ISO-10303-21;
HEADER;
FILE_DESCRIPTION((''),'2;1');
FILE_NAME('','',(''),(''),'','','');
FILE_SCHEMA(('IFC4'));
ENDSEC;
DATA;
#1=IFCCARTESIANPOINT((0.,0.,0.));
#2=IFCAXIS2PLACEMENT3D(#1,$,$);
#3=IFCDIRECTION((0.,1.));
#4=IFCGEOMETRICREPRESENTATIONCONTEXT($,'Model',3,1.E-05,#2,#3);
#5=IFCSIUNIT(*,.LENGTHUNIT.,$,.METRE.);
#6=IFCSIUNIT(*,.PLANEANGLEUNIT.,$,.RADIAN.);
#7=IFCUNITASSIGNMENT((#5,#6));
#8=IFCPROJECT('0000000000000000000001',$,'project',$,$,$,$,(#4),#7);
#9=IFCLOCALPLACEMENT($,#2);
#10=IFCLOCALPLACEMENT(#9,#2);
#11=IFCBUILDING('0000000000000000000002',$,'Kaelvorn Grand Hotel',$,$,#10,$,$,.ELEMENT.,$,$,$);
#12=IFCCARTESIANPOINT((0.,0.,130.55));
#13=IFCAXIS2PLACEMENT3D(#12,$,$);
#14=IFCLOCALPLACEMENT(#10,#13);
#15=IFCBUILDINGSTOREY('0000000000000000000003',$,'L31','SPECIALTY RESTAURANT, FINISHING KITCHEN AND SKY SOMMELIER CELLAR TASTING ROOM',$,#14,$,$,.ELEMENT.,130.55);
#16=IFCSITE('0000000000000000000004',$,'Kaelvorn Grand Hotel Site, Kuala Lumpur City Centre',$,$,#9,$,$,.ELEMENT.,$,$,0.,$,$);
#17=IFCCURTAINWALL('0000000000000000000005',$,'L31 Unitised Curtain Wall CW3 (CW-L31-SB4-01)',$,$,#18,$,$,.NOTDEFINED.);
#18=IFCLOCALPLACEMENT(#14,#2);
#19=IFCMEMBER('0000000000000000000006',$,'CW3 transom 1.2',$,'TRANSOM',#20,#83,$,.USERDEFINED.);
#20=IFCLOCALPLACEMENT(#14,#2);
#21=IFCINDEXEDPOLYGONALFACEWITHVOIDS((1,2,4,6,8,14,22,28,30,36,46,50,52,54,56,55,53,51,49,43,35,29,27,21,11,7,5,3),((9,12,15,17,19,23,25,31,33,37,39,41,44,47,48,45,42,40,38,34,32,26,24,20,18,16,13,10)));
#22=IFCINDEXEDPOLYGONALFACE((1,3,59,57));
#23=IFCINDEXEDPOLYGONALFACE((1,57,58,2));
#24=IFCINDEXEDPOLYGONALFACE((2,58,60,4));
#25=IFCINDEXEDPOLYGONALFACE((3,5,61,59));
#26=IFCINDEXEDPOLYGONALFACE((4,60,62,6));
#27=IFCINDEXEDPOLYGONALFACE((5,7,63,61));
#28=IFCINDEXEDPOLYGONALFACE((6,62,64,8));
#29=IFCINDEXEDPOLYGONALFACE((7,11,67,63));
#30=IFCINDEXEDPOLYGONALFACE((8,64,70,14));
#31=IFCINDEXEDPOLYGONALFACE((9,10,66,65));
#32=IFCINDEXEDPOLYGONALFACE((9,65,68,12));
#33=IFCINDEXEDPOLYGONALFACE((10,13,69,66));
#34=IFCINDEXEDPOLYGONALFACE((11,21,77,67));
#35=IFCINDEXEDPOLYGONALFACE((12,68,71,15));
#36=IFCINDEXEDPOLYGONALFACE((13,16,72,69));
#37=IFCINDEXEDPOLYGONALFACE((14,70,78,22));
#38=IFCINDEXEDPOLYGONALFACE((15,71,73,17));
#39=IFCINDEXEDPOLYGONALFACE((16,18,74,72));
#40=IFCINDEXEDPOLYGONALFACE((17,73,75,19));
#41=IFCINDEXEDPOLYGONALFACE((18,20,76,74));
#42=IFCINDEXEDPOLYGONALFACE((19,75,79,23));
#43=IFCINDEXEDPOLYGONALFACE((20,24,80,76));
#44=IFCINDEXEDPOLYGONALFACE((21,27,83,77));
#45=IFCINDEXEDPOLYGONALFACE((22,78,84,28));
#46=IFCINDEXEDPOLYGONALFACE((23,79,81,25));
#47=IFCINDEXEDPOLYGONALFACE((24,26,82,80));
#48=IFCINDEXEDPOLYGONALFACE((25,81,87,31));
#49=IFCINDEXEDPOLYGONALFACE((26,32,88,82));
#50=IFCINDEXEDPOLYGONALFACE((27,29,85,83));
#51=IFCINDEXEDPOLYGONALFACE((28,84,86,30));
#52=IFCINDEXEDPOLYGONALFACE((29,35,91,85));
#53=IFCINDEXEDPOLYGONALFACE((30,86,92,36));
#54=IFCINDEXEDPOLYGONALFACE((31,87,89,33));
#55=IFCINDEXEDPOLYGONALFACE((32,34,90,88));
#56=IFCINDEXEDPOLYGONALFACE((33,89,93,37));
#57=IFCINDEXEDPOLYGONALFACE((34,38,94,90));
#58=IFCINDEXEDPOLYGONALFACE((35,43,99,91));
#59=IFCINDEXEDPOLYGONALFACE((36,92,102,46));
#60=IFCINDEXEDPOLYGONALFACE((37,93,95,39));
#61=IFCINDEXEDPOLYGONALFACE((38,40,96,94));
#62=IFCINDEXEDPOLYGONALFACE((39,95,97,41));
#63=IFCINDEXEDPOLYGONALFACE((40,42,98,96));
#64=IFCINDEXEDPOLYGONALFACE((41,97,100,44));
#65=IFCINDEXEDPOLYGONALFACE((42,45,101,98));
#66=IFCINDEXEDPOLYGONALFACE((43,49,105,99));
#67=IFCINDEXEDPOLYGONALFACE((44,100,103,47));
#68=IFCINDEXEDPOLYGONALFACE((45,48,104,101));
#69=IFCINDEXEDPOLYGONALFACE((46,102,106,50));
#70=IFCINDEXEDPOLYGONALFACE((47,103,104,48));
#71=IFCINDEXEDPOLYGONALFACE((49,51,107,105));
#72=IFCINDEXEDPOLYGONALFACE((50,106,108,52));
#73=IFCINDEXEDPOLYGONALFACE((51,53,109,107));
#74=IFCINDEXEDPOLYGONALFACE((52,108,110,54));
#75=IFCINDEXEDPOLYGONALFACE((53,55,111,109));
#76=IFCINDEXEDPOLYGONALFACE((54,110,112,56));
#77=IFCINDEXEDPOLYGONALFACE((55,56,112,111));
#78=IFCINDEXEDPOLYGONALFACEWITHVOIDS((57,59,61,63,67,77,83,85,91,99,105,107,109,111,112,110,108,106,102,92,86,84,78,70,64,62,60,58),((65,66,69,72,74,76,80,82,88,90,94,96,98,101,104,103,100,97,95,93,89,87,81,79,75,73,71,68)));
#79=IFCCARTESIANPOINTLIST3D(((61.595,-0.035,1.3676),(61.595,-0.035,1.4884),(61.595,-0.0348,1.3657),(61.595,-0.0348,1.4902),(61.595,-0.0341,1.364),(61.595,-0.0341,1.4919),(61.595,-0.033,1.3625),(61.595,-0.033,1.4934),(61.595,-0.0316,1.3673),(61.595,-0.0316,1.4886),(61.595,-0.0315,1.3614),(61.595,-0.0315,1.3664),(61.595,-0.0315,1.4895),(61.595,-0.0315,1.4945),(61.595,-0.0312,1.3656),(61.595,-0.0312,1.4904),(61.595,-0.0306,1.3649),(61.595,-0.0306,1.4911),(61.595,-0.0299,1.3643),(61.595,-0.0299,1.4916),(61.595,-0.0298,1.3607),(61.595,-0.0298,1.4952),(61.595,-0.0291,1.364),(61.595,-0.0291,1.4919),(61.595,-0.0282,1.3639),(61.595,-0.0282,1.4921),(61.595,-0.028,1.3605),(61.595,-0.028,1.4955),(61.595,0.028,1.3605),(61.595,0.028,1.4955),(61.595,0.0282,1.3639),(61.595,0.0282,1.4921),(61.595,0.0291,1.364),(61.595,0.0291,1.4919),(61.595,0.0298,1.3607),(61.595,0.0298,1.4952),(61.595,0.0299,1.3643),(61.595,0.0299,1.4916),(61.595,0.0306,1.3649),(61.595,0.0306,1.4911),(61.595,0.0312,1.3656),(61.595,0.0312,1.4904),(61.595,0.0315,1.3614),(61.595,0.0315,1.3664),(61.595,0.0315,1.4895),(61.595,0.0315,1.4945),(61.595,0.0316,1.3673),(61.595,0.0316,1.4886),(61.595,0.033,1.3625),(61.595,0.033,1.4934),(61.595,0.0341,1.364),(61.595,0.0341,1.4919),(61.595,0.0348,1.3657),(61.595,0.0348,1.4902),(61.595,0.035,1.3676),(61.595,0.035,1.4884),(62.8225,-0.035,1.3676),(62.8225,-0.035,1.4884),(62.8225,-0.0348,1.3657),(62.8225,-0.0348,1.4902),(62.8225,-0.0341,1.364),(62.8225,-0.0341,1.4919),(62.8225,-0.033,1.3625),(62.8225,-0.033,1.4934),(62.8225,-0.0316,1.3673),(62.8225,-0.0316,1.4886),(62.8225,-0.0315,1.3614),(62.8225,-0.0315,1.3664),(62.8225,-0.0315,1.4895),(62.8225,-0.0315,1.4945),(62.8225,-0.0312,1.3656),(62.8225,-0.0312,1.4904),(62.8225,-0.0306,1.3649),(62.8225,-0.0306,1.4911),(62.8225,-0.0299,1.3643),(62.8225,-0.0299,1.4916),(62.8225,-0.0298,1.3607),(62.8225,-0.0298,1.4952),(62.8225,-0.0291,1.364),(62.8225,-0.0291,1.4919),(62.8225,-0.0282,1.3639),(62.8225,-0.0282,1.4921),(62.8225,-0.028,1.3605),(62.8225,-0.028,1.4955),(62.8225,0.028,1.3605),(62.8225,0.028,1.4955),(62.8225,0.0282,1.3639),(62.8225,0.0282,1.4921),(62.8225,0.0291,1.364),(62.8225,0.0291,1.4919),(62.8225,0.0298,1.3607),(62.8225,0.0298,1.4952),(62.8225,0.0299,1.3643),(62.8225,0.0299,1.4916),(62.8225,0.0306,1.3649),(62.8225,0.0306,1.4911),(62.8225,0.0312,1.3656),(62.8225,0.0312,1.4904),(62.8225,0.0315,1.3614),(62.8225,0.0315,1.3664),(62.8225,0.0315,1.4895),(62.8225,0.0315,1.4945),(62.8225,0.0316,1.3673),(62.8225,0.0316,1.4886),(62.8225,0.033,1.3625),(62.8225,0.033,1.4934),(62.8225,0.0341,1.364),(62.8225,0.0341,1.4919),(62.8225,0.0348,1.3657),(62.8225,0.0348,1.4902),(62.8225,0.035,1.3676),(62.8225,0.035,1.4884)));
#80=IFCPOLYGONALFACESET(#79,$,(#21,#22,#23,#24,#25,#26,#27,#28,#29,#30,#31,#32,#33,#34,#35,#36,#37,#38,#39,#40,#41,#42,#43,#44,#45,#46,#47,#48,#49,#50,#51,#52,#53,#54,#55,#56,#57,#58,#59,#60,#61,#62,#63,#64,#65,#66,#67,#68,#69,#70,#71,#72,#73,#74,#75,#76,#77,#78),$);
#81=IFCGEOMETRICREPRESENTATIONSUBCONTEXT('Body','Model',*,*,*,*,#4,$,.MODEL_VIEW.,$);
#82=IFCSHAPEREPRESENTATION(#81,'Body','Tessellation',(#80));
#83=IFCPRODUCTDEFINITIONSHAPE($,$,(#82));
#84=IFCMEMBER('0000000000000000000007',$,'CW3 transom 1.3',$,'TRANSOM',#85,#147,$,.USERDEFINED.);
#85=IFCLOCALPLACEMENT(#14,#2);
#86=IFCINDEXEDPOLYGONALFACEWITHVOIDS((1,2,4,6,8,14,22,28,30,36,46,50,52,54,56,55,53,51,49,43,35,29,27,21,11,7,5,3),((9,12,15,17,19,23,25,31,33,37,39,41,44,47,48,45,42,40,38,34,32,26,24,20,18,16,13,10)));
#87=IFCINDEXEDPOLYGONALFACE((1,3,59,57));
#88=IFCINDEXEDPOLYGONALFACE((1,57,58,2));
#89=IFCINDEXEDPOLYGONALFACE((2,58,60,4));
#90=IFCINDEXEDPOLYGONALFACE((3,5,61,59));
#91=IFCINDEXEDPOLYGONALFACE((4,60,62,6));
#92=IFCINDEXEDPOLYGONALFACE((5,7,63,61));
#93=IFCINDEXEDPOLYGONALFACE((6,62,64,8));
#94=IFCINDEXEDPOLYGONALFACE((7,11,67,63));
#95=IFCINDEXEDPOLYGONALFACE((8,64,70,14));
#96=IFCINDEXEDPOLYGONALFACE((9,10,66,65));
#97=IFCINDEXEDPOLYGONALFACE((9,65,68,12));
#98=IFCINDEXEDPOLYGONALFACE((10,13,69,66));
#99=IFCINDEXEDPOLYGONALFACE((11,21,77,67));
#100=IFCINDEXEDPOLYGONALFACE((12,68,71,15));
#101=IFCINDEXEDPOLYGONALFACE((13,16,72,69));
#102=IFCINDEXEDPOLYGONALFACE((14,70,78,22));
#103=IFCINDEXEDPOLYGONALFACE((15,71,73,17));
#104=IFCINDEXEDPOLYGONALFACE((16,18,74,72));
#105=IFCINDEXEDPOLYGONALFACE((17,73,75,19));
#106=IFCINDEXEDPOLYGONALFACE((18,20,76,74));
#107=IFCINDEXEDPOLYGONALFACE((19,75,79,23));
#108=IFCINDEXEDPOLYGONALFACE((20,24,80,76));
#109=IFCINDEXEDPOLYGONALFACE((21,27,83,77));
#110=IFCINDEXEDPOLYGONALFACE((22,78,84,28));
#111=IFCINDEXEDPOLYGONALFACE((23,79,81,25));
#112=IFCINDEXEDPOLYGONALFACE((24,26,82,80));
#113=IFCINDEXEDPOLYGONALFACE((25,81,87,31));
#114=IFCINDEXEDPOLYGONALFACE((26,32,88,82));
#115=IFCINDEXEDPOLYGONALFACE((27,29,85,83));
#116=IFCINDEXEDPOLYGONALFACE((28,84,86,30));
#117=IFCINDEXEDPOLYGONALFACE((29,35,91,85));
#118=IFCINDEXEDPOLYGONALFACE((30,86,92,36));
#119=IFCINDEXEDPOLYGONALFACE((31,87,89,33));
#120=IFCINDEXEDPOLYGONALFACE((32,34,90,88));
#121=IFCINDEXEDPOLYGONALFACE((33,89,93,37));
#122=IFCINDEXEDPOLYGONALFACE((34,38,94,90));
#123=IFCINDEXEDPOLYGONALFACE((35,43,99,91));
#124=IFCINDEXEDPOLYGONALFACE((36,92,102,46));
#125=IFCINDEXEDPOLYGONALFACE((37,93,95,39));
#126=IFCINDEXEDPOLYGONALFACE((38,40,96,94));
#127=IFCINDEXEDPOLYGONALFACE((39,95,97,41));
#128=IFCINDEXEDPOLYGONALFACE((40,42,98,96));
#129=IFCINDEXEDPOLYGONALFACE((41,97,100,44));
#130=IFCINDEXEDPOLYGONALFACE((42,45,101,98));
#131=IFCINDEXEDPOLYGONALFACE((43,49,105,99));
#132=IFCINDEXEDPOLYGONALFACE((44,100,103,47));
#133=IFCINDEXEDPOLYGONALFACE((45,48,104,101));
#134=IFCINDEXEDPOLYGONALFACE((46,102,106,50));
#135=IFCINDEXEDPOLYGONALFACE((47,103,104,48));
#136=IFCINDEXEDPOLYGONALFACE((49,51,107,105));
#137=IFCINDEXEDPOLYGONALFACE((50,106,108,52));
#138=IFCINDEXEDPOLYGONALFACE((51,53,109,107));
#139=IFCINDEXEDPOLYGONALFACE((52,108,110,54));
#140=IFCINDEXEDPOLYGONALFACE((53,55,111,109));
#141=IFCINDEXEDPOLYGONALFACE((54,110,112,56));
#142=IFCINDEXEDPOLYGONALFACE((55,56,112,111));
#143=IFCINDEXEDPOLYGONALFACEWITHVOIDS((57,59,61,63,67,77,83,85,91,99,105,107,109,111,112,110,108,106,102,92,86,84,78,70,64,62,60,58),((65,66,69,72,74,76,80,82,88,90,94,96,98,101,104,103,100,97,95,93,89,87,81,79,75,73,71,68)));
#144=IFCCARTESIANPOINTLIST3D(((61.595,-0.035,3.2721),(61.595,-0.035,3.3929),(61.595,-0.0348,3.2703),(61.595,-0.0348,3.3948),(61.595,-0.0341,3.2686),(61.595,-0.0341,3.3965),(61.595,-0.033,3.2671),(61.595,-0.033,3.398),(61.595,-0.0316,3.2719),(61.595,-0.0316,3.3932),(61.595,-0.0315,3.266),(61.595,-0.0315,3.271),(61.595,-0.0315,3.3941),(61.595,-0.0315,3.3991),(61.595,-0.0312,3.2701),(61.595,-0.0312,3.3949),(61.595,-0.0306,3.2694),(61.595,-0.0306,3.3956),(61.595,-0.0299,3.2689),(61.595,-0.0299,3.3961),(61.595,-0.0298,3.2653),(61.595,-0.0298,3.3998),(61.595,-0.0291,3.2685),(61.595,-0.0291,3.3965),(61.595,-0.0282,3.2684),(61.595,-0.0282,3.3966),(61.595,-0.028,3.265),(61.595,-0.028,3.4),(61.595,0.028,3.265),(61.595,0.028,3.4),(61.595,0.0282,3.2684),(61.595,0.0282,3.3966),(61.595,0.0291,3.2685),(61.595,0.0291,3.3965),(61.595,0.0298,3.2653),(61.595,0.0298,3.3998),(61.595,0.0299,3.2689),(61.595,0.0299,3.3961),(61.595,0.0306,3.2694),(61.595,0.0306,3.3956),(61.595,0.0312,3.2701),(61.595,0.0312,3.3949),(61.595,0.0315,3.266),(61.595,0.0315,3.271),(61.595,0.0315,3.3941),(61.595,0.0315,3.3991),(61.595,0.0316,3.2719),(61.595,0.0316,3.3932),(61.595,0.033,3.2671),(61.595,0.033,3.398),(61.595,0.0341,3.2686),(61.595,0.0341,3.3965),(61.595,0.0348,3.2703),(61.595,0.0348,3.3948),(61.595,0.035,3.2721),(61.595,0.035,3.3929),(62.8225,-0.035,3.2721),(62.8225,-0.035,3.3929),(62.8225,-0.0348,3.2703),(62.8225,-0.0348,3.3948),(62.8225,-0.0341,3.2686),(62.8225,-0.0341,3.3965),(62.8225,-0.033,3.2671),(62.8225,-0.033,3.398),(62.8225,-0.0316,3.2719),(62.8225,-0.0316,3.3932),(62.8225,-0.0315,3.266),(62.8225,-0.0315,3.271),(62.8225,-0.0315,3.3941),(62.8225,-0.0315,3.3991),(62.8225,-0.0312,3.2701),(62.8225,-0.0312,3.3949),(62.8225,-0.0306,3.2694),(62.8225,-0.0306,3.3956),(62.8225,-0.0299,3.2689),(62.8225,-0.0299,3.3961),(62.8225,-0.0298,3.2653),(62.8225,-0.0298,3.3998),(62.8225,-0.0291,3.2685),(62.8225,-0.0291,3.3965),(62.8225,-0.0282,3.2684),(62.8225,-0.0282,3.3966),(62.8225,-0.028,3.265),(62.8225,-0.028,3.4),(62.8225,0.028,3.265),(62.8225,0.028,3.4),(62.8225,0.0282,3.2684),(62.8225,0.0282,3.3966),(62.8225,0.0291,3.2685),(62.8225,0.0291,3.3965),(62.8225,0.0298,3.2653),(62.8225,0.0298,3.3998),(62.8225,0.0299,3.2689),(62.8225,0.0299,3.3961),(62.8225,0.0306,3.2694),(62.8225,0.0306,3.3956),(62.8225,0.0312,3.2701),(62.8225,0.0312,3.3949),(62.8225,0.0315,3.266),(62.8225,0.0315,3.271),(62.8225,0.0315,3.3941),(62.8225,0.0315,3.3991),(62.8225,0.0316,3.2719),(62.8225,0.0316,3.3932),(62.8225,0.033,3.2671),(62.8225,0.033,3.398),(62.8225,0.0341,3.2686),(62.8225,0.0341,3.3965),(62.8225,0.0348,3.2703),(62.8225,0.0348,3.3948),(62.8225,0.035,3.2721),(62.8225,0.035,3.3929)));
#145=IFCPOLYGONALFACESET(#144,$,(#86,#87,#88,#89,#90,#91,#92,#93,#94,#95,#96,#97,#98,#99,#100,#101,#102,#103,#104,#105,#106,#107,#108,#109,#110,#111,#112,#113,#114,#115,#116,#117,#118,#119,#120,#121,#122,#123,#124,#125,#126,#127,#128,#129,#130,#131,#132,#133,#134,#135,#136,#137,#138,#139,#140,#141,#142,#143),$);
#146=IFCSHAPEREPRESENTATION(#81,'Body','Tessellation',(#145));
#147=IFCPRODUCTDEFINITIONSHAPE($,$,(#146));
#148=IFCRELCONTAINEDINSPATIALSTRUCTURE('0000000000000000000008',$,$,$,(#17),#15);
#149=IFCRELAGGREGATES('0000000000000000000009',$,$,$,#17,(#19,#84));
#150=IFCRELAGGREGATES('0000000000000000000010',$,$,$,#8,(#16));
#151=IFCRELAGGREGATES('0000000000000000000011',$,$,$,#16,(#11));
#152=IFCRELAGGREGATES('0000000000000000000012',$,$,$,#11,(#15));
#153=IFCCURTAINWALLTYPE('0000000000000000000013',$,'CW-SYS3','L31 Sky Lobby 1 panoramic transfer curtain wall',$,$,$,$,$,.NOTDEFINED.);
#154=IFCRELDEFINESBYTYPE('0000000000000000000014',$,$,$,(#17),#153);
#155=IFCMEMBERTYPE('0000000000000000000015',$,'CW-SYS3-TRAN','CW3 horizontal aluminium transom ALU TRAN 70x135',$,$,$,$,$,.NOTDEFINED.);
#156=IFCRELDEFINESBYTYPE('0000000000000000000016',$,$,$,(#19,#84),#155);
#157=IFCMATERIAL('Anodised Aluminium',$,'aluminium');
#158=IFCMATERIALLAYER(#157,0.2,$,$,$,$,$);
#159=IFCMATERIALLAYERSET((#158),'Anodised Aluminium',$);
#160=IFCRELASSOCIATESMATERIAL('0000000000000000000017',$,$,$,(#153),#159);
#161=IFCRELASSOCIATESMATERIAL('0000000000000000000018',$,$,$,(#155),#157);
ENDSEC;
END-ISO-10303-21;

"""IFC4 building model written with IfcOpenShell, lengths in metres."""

from ifc_helpers import new_model, si_unit, direction, frame, origin, origin_2d, place, context, subcontext, project, spatial, hollow_rectangle, extrude, material, layer, layer_set, material_profile, profile_set, type_object, element, aggregate, save


model = new_model("IFC4")

# Units and contexts
model_context = context("Model", 3, precision=1e-05, world=origin(), true_north=direction((0.0, 1.0)))
body_context = subcontext(model_context, "Body", "Model", "MODEL_VIEW")
ifc_project = project(units=[si_unit("LENGTHUNIT", "METRE"), si_unit("PLANEANGLEUNIT", "RADIAN")], contexts=[model_context])

# Site, building, storey
site_placement = place(None, origin())
site = spatial("IfcSite", under=ifc_project, at=site_placement, Name="Kaelvorn Grand Hotel Site, Kuala Lumpur City Centre", CompositionType="ELEMENT", RefElevation=0.0)
building_placement = place(site_placement, origin())
building = spatial("IfcBuilding", under=site, at=building_placement, Name="Kaelvorn Grand Hotel", CompositionType="ELEMENT")
storey_placement = place(building_placement, frame((0.0, 0.0, 130.55)))
storey = spatial("IfcBuildingStorey", under=building, at=storey_placement, Name="L31", Description="SPECIALTY RESTAURANT, FINISHING KITCHEN AND SKY SOMMELIER CELLAR TASTING ROOM", CompositionType="ELEMENT", Elevation=130.55)

# Curtain wall
ifc_material_1 = material(Name="Anodised Aluminium", Category="aluminium")
ifc_layer_1 = layer(ifc_material_1, 0.2)
ifc_layer_set_1 = layer_set([ifc_layer_1], Name="Anodised Aluminium")
curtain_wall_type = type_object("IfcCurtainWallType", Name="CW-SYS3", Description="L31 Sky Lobby 1 panoramic transfer curtain wall", PredefinedType="NOTDEFINED", material=ifc_layer_set_1)
curtain_wall_1_placement = place(storey_placement, origin())
curtain_wall_1 = element("IfcCurtainWall", 1, at=curtain_wall_1_placement, inside=storey, type_object=curtain_wall_type, Name="L31 Unitised Curtain Wall CW3 (CW-L31-SB4-01)", PredefinedType="NOTDEFINED")

# Members
ifc_material_profile_1 = material_profile(ifc_material_1, hollow_rectangle(XDim=0.0701, YDim=0.135, WallThickness=0.0034, InnerFilletRadius=0.0034, OuterFilletRadius=0.0071, at=origin_2d()), Name="ALU TRAN 70x135")
ifc_profile_set_1 = profile_set([ifc_material_profile_1], Name="Anodised Aluminium")
member_type_1 = type_object("IfcMemberType", Name="CW-SYS3-TRAN", Description="CW3 horizontal aluminium transom ALU TRAN 70x135", PredefinedType="NOTDEFINED", material=ifc_profile_set_1)
member_1_placement = place(storey_placement, frame((61.595, 0.0, 1.428), z_axis=(1.0, 0.0, 0.0), x_axis=(0.0, 1.0, 0.0)))
member_1 = element("IfcMember", 2, at=member_1_placement, type_object=member_type_1, Name="CW3 transom 1.2", ObjectType="TRANSOM", PredefinedType="USERDEFINED", context=body_context, shape_type="SweptSolid", body=[
    extrude(hollow_rectangle(XDim=0.0701, YDim=0.135, WallThickness=0.0034, InnerFilletRadius=0.0034, OuterFilletRadius=0.0071, at=origin_2d()), origin(), (0.0, 0.0, 1.0), 1.2275),
])
member_2_placement = place(storey_placement, frame((61.595, 0.0, 3.3325), z_axis=(1.0, 0.0, 0.0), x_axis=(0.0, 1.0, 0.0)))
member_2 = element("IfcMember", 3, at=member_2_placement, type_object=member_type_1, Name="CW3 transom 1.3", ObjectType="TRANSOM", PredefinedType="USERDEFINED", context=body_context, shape_type="SweptSolid", body=[
    extrude(hollow_rectangle(XDim=0.0701, YDim=0.135, WallThickness=0.0034, InnerFilletRadius=0.0034, OuterFilletRadius=0.0071, at=origin_2d()), origin(), (0.0, 0.0, 1.0), 1.2275),
])

aggregate(curtain_wall_1, [member_1, member_2])

save(model, "model.ifc")
